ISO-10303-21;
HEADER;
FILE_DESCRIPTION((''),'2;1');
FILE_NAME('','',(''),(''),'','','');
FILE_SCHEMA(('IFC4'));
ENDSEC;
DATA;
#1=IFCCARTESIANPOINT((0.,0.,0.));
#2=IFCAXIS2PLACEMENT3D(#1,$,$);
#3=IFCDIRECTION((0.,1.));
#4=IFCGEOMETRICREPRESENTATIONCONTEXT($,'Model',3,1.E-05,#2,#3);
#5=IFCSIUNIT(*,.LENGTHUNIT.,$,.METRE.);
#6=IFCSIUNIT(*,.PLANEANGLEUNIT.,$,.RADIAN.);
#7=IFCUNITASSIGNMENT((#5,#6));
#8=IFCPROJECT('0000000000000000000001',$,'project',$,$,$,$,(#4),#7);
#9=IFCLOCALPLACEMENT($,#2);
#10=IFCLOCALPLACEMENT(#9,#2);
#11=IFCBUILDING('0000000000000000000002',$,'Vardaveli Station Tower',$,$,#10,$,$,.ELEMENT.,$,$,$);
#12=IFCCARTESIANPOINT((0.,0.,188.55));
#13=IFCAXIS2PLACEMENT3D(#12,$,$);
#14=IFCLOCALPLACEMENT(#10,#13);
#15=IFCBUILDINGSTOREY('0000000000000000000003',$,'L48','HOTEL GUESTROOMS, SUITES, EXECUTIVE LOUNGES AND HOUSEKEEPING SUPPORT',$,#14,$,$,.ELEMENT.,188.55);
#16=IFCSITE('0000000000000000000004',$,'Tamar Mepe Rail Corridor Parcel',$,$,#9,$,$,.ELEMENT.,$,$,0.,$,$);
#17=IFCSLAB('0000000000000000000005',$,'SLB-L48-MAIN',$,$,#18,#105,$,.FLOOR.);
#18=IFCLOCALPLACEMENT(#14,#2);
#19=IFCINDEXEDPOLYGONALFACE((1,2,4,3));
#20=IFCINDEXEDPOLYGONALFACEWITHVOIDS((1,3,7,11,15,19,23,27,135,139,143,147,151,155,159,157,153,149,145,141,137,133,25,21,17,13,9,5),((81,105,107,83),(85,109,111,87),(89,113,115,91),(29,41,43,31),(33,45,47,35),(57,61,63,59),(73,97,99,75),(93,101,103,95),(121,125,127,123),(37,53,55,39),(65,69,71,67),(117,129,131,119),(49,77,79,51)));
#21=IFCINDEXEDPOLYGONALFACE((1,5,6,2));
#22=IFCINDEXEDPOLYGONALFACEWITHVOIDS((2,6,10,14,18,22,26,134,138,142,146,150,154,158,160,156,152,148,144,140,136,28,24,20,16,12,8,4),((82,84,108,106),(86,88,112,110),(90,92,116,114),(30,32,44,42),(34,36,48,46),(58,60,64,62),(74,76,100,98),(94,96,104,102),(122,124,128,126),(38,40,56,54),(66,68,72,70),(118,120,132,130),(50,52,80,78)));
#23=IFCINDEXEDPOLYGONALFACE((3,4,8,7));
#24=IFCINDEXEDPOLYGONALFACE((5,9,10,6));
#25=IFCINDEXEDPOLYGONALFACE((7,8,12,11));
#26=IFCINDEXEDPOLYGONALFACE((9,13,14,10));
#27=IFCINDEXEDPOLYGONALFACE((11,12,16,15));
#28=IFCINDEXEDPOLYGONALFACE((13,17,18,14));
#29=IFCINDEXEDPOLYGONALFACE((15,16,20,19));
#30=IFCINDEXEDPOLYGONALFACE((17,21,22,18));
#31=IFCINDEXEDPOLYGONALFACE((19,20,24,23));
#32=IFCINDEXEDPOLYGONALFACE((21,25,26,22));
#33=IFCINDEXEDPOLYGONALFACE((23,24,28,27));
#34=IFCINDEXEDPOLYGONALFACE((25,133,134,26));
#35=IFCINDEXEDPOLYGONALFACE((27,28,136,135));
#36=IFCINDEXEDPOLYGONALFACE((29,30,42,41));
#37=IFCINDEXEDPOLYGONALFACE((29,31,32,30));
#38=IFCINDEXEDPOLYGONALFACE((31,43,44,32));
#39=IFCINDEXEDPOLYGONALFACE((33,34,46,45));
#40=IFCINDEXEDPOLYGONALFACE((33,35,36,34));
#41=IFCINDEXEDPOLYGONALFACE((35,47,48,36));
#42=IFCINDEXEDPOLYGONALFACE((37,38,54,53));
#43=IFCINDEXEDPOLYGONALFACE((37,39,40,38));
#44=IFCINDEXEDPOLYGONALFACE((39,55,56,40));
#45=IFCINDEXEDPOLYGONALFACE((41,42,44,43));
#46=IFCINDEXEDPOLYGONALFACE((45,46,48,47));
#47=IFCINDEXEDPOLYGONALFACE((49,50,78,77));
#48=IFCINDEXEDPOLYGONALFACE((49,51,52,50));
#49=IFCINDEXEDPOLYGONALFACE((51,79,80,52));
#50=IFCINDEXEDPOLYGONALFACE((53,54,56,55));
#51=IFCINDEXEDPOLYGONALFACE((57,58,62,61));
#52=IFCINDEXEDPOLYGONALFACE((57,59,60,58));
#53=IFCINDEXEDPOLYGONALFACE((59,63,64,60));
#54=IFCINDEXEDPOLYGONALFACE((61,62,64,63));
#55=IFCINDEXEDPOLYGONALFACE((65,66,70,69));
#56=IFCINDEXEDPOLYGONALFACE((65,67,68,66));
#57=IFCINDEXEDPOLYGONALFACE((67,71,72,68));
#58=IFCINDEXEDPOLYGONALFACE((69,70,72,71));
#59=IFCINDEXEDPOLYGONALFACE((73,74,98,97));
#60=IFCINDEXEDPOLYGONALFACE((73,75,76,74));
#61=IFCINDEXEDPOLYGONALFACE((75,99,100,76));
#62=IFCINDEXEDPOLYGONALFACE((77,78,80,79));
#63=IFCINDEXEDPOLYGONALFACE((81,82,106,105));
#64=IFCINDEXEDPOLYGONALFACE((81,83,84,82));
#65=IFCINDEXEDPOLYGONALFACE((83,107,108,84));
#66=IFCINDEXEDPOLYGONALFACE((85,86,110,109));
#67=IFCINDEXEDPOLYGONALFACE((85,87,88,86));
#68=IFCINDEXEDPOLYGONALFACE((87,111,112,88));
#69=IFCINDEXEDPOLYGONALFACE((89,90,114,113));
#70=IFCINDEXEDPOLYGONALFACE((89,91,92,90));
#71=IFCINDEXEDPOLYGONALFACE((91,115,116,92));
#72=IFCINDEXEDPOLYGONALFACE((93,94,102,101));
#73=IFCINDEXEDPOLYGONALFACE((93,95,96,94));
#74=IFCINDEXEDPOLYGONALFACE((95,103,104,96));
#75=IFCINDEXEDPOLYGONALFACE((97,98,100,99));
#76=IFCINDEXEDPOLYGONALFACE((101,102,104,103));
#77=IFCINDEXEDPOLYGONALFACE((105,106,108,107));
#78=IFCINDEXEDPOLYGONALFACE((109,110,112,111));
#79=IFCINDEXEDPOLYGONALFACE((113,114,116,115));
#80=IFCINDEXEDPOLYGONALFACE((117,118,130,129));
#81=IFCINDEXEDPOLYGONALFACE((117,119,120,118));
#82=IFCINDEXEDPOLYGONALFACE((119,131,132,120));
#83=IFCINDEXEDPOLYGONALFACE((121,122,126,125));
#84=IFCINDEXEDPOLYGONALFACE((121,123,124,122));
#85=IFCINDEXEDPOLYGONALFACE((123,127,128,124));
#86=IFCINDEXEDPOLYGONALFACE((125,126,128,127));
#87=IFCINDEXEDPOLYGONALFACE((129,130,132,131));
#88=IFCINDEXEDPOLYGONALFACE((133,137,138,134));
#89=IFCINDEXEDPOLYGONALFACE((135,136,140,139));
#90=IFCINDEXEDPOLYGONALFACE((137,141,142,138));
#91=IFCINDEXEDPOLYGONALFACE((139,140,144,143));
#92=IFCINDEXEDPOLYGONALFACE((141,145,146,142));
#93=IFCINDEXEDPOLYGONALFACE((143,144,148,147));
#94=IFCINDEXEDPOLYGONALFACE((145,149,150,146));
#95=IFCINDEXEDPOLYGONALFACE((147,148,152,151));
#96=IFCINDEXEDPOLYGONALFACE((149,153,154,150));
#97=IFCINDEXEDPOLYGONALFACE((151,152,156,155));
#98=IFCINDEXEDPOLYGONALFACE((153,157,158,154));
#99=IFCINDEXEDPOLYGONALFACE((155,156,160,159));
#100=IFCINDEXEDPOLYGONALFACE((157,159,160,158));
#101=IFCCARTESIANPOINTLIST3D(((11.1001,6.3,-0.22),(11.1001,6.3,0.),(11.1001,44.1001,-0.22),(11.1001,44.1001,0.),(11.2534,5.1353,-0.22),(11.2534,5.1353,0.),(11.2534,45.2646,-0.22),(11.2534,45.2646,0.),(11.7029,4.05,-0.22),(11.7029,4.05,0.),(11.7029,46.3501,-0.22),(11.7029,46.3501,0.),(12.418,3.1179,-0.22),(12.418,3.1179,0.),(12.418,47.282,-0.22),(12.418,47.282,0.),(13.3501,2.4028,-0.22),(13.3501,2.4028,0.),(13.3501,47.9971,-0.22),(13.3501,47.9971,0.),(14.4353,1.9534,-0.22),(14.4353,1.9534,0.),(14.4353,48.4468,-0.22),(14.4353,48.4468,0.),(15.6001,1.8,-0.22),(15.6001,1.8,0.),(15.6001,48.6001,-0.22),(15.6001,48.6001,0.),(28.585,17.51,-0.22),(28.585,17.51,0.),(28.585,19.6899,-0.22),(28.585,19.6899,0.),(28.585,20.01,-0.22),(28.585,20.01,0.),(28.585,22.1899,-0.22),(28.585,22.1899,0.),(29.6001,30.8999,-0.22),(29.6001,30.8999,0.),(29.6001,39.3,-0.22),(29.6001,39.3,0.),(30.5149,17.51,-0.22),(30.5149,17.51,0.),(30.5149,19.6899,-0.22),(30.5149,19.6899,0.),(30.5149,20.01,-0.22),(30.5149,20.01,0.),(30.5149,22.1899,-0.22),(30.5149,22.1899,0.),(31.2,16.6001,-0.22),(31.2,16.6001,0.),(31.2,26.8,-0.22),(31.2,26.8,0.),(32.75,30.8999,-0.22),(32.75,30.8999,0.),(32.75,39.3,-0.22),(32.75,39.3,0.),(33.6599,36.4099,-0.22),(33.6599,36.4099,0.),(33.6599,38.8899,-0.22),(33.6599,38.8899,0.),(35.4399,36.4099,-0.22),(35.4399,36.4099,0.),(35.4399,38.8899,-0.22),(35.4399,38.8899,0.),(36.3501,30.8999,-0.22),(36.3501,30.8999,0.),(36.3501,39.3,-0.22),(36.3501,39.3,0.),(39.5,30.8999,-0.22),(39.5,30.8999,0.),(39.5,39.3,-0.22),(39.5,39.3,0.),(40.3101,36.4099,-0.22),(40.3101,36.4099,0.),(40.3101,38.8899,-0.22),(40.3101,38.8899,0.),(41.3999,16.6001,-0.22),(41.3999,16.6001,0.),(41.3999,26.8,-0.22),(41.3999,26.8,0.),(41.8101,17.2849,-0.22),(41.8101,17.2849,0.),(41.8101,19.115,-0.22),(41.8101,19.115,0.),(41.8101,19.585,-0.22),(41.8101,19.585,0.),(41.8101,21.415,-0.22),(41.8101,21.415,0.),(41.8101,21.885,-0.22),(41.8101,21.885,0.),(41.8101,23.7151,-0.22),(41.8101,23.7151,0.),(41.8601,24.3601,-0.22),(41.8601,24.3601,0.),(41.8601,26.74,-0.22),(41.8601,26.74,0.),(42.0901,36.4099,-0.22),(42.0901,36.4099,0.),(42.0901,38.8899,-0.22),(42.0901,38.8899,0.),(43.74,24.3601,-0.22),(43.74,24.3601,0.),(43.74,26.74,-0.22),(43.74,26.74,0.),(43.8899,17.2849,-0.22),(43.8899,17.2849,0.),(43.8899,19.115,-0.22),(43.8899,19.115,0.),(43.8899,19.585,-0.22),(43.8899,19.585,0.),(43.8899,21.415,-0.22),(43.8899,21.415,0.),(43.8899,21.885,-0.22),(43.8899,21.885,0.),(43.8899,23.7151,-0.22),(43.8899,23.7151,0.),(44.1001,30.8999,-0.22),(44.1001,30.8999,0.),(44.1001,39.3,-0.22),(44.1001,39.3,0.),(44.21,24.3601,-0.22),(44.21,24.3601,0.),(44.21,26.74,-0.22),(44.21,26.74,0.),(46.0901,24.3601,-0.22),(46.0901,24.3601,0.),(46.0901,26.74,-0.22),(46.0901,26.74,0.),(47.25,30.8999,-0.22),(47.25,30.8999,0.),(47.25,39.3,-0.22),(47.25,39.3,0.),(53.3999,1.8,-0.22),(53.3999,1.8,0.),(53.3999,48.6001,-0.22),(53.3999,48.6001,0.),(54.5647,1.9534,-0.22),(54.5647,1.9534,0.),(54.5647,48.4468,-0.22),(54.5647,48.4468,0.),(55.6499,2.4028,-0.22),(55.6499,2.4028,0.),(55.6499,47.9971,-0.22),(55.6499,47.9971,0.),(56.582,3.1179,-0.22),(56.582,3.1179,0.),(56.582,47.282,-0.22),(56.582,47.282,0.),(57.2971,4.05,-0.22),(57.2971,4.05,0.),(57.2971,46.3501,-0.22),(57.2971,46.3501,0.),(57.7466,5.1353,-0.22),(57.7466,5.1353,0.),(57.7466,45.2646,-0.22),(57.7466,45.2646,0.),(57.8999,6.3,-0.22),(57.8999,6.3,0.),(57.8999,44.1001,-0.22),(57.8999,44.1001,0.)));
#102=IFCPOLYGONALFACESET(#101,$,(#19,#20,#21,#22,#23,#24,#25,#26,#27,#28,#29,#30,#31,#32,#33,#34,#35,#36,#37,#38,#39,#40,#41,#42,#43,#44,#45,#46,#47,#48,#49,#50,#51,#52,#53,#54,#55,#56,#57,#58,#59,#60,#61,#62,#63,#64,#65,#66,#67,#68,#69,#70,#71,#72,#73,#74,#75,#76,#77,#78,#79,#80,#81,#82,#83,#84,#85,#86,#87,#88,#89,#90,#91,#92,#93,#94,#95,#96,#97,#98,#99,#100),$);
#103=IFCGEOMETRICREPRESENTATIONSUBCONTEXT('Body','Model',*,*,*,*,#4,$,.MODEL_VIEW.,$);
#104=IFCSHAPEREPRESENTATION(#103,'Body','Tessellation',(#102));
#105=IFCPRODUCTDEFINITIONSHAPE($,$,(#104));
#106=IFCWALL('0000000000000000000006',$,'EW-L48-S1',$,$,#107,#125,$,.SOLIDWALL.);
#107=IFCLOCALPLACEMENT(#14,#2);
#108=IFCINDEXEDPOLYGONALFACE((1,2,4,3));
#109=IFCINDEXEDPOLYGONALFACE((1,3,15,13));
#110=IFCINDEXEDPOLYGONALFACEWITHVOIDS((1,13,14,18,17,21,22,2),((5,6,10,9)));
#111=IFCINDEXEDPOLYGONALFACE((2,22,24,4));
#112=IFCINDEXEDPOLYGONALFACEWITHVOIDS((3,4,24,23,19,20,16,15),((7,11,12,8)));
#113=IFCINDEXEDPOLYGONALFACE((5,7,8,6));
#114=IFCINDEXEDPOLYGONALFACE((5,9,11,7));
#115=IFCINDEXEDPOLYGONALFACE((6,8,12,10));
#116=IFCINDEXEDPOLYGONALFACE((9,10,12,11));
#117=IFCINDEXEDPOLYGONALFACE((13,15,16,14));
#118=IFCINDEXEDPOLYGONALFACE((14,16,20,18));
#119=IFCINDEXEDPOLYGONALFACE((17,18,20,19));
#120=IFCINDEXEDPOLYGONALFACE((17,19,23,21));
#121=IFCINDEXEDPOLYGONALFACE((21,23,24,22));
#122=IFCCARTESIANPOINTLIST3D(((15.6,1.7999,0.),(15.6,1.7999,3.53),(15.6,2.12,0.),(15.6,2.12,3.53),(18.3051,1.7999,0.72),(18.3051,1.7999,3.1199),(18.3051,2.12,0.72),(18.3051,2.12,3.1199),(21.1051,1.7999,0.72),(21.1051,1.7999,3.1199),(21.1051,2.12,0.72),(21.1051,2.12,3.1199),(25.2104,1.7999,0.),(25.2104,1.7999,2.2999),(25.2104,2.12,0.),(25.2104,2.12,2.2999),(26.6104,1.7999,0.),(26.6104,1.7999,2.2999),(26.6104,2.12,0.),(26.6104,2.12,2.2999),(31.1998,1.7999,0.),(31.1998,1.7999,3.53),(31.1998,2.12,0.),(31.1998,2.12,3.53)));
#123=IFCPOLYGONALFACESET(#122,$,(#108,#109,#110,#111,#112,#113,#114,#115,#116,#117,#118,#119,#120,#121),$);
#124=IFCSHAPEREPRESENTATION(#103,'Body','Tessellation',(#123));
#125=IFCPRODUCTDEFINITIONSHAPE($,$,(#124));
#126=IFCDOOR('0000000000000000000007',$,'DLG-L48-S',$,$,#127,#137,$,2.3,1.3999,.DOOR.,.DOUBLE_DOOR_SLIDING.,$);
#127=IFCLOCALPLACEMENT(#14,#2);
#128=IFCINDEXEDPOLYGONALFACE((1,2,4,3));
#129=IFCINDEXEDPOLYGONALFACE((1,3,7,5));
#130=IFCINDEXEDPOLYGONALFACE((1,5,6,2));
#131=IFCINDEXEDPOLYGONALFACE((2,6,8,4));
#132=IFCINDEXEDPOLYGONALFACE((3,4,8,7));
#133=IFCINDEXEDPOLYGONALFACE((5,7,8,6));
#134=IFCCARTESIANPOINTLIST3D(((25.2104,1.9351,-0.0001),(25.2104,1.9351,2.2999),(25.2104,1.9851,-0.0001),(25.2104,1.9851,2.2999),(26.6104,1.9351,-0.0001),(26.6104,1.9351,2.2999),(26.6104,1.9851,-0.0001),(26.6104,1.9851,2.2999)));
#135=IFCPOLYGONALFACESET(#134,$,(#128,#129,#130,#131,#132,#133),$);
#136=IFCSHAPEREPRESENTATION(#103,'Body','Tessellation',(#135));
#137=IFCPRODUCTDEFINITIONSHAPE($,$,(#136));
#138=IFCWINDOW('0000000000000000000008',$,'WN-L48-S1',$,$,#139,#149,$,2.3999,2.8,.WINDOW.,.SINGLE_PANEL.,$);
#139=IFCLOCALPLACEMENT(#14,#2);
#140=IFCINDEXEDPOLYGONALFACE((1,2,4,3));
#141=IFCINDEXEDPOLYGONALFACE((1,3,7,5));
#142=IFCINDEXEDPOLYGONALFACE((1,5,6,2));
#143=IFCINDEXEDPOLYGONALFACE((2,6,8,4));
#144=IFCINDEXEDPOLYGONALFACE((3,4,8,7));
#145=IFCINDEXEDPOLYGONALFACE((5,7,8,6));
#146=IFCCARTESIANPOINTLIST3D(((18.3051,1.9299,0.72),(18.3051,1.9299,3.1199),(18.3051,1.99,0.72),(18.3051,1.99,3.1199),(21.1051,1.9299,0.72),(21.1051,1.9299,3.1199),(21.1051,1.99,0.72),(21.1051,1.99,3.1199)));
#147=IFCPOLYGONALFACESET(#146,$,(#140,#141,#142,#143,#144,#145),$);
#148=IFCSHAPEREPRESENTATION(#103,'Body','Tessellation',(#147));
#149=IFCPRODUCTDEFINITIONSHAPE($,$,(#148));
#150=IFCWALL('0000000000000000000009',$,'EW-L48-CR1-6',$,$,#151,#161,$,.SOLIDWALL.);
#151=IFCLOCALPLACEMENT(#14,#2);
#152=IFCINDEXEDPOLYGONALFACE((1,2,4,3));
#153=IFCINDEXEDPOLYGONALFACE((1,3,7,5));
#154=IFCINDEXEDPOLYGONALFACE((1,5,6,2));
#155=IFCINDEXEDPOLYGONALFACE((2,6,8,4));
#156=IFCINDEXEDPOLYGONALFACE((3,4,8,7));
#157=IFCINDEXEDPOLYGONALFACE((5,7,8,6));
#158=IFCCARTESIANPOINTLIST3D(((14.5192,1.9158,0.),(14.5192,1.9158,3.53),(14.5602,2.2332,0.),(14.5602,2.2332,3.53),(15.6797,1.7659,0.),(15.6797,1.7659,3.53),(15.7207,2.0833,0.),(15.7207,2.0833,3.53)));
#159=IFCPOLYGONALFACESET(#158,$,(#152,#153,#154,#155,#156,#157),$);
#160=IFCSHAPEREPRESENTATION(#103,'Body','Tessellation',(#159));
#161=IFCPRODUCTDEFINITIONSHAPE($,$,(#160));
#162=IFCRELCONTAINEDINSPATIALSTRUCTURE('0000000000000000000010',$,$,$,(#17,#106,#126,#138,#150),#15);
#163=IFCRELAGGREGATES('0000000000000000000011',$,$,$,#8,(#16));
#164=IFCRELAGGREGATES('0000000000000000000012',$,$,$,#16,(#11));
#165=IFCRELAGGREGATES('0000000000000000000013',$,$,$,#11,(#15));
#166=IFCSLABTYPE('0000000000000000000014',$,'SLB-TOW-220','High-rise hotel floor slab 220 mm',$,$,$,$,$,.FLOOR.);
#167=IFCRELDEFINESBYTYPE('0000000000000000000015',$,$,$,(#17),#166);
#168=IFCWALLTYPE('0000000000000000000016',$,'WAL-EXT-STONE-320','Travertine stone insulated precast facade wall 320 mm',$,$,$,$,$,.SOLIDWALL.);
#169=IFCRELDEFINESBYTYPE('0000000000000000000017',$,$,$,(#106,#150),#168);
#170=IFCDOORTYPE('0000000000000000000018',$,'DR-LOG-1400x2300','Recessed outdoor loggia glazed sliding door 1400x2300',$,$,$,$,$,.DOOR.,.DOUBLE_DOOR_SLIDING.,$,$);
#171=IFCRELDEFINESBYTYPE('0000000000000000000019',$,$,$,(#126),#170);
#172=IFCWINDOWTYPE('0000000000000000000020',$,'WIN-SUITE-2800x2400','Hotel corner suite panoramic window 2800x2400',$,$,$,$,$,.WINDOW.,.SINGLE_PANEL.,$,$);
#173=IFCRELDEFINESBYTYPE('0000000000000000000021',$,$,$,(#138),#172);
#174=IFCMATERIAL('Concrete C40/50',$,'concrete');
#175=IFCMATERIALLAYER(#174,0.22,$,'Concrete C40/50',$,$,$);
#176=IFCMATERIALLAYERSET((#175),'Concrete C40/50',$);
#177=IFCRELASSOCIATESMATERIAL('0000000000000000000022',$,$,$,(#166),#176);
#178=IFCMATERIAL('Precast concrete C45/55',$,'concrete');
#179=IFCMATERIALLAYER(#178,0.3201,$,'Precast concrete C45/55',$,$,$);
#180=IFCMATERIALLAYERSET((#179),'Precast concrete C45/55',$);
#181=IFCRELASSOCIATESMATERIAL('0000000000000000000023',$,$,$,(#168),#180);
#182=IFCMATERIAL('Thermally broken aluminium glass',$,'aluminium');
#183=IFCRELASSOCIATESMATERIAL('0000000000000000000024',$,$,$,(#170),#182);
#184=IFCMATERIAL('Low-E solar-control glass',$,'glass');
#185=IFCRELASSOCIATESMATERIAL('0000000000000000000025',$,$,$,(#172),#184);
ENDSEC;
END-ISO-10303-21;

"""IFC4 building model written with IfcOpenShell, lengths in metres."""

from ifc_helpers import new_model, si_unit, direction, frame, frame_2d, origin, place, context, subcontext, project, spatial, polyline, rectangle, outline, extrude, source, transform, mapped, material, layer, layer_set, type_object, element, fill, save


model = new_model("IFC4")

# Units and contexts
model_context = context("Model", 3, precision=1e-05, world=origin(), true_north=direction((0.0, 1.0)))
body_context = subcontext(model_context, "Body", "Model", "MODEL_VIEW")
ifc_project = project(units=[si_unit("LENGTHUNIT", "METRE"), si_unit("PLANEANGLEUNIT", "RADIAN")], contexts=[model_context])

# Site, building, storey
site_placement = place(None, origin())
site = spatial("IfcSite", under=ifc_project, at=site_placement, Name="Tamar Mepe Rail Corridor Parcel", CompositionType="ELEMENT", RefElevation=0.0)
building_placement = place(site_placement, origin())
building = spatial("IfcBuilding", under=site, at=building_placement, Name="Vardaveli Station Tower", CompositionType="ELEMENT")
storey_placement = place(building_placement, frame((0.0, 0.0, 188.55)))
storey = spatial("IfcBuildingStorey", under=building, at=storey_placement, Name="L48", Description="HOTEL GUESTROOMS, SUITES, EXECUTIVE LOUNGES AND HOUSEKEEPING SUPPORT", CompositionType="ELEMENT", Elevation=188.55)

# Shared definitions
ifc_material_1 = material(Name="Concrete C40/50", Category="concrete")

# Slab
ifc_material_2 = material(Name="Precast concrete C45/55", Category="concrete")
ifc_layer_1 = layer(ifc_material_1, 0.22, Name="Concrete C40/50")
ifc_layer_set_1 = layer_set([ifc_layer_1], Name="Concrete C40/50")
slab_type_1 = type_object("IfcSlabType", Name="SLB-TOW-220", Description="High-rise hotel floor slab 220 mm", PredefinedType="FLOOR", material=ifc_layer_set_1)
slab_1_placement = place(storey_placement, frame((0.0, 0.0, -0.22)))
element("IfcSlab", 1, at=slab_1_placement, inside=storey, type_object=slab_type_1, Name="SLB-L48-MAIN", PredefinedType="FLOOR", context=body_context, shape_type="SweptSolid", body=[
    extrude(outline(polyline([(11.1001, 6.3), (11.2534, 5.1353), (11.7029, 4.05), (12.418, 3.1179), (13.3501, 2.4028), (14.4353, 1.9534), (15.6001, 1.8), (53.3999, 1.8), (54.5647, 1.9534), (55.6499, 2.4028), (56.582, 3.1179), (57.2971, 4.05), (57.7466, 5.1353), (57.8999, 6.3), (57.8999, 44.1001), (57.7466, 45.2646), (57.2971, 46.3501), (56.582, 47.282), (55.6499, 47.9971), (54.5647, 48.4468), (53.3999, 48.6001), (15.6001, 48.6001), (14.4353, 48.4468), (13.3501, 47.9971), (12.418, 47.282), (11.7029, 46.3501), (11.2534, 45.2646), (11.1001, 44.1001), (11.1001, 6.3)]), holes=[polyline([(31.2, 16.6001), (41.3999, 16.6001), (41.3999, 26.8), (31.2, 26.8), (31.2, 16.6001)]), polyline([(32.75, 30.8999), (32.75, 39.3), (29.6001, 39.3), (29.6001, 30.8999), (32.75, 30.8999)]), polyline([(39.5, 30.8999), (39.5, 39.3), (36.3501, 39.3), (36.3501, 30.8999), (39.5, 30.8999)]), polyline([(47.25, 30.8999), (47.25, 39.3), (44.1001, 39.3), (44.1001, 30.8999), (47.25, 30.8999)]), polyline([(33.6599, 36.4099), (35.4399, 36.4099), (35.4399, 38.8899), (33.6599, 38.8899), (33.6599, 36.4099)]), polyline([(40.3101, 36.4099), (42.0901, 36.4099), (42.0901, 38.8899), (40.3101, 38.8899), (40.3101, 36.4099)]), polyline([(41.8101, 21.885), (43.8899, 21.885), (43.8899, 23.7151), (41.8101, 23.7151), (41.8101, 21.885)]), polyline([(41.8101, 19.585), (43.8899, 19.585), (43.8899, 21.415), (41.8101, 21.415), (41.8101, 19.585)]), polyline([(41.8101, 17.2849), (43.8899, 17.2849), (43.8899, 19.115), (41.8101, 19.115), (41.8101, 17.2849)]), polyline([(28.585, 17.51), (30.5149, 17.51), (30.5149, 19.6899), (28.585, 19.6899), (28.585, 17.51)]), polyline([(28.585, 20.01), (30.5149, 20.01), (30.5149, 22.1899), (28.585, 22.1899), (28.585, 20.01)]), polyline([(41.8601, 24.3601), (43.74, 24.3601), (43.74, 26.74), (41.8601, 26.74), (41.8601, 24.3601)]), polyline([(44.21, 24.3601), (46.0901, 24.3601), (46.0901, 26.74), (44.21, 26.74), (44.21, 24.3601)])]), origin(), (0.0, 0.0, 1.0), 0.22),
])

# Wall, openings, door, window
ifc_layer_2 = layer(ifc_material_2, 0.3201, Name="Precast concrete C45/55")
ifc_layer_set_2 = layer_set([ifc_layer_2], Name="Precast concrete C45/55")
wall_type = type_object("IfcWallType", Name="WAL-EXT-STONE-320", Description="Travertine stone insulated precast facade wall 320 mm", PredefinedType="SOLIDWALL", material=ifc_layer_set_2)
shared_shape_1 = source(origin(), body_context, "Body", "SweptSolid", [
    extrude(rectangle(XDim=15.5999, YDim=0.3201, at=frame_2d((7.7998, 0.0))), origin(), (0.0, 0.0, 1.0), 3.53),
])
wall_1_placement = place(storey_placement, frame((15.6001, 1.96, 0.0), z_axis=(0.0, 0.0, 1.0), x_axis=(1.0, 0.0, 0.0)))
wall_1 = element("IfcWall", 2, at=wall_1_placement, inside=storey, type_object=wall_type, Name="EW-L48-S1", PredefinedType="SOLIDWALL", context=body_context, shape_type="MappedRepresentation", body=[
    mapped(shared_shape_1, transform((0.0, 0.0, 0.0), scale=1.0)),
])
shared_shape_2 = source(origin(), body_context, "Body", "SweptSolid", [
    extrude(rectangle(XDim=1.3999, YDim=2.3, at=frame_2d((0.7, 1.1499))), frame((0.0, 0.1699, 0.0), z_axis=(0.0, -1.0, 0.0), x_axis=(1.0, 0.0, 0.0)), (0.0, 0.0, 1.0), 0.3401),
])
opening_1_placement = place(wall_1_placement, frame((9.6104, 0.0, 0.0)))
opening_1 = element("IfcOpeningElement", 3, at=opening_1_placement, cuts=wall_1, PredefinedType="OPENING", context=body_context, shape_type="MappedRepresentation", body=[
    mapped(shared_shape_2, transform((0.0, 0.0, 0.0), scale=1.0)),
])
shared_shape_3 = source(origin(), body_context, "Body", "SweptSolid", [
    extrude(rectangle(XDim=2.8, YDim=2.3999, at=frame_2d((1.3999, 1.2))), frame((0.0, 0.1699, 0.0), z_axis=(0.0, -1.0, 0.0), x_axis=(1.0, 0.0, 0.0)), (0.0, 0.0, 1.0), 0.3401),
])
opening_2_placement = place(wall_1_placement, frame((2.7051, 0.0, 0.72)))
opening_2 = element("IfcOpeningElement", 4, at=opening_2_placement, cuts=wall_1, PredefinedType="OPENING", context=body_context, shape_type="MappedRepresentation", body=[
    mapped(shared_shape_3, transform((0.0, 0.0, 0.0), scale=1.0)),
])
ifc_material_3 = material(Name="Thermally broken aluminium glass", Category="aluminium")
door_type = type_object("IfcDoorType", Name="DR-LOG-1400x2300", Description="Recessed outdoor loggia glazed sliding door 1400x2300", OperationType="DOUBLE_DOOR_SLIDING", PredefinedType="DOOR", material=ifc_material_3)
shared_shape_4 = source(origin(), body_context, "Body", "SweptSolid", [
    extrude(rectangle(XDim=1.3999, YDim=2.3, at=frame_2d((0.7, 1.1499))), frame((0.0, 0.0249, 0.0), z_axis=(0.0, -1.0, 0.0), x_axis=(1.0, 0.0, 0.0)), (0.0, 0.0, 1.0), 0.05),
])
door_placement = place(opening_1_placement, frame((1.3999, 0.0, 0.0), z_axis=(0.0, 0.0, 1.0), x_axis=(-1.0, 0.0, 0.0)))
door = element("IfcDoor", 5, at=door_placement, inside=storey, type_object=door_type, Name="DLG-L48-S", OperationType="DOUBLE_DOOR_SLIDING", OverallHeight=2.3, OverallWidth=1.3999, PredefinedType="DOOR", context=body_context, shape_type="MappedRepresentation", body=[
    mapped(shared_shape_4, transform((0.0, 0.0, 0.0), scale=1.0)),
])
fill(opening_1, door)
ifc_material_4 = material(Name="Low-E solar-control glass", Category="glass")
window_type = type_object("IfcWindowType", Name="WIN-SUITE-2800x2400", Description="Hotel corner suite panoramic window 2800x2400", PartitioningType="SINGLE_PANEL", PredefinedType="WINDOW", material=ifc_material_4)
shared_shape_5 = source(origin(), body_context, "Body", "SweptSolid", [
    extrude(rectangle(XDim=2.8, YDim=2.3999, at=frame_2d((1.3999, 1.2))), frame((0.0, 0.03, 0.0), z_axis=(0.0, -1.0, 0.0), x_axis=(1.0, 0.0, 0.0)), (0.0, 0.0, 1.0), 0.0601),
])
window_placement = place(opening_2_placement, origin())
window = element("IfcWindow", 6, at=window_placement, inside=storey, type_object=window_type, Name="WN-L48-S1", OverallHeight=2.3999, OverallWidth=2.8, PartitioningType="SINGLE_PANEL", PredefinedType="WINDOW", context=body_context, shape_type="MappedRepresentation", body=[
    mapped(shared_shape_5, transform((0.0, 0.0, 0.0), scale=1.0)),
])
fill(opening_2, window)

# Wall
shared_shape_6 = source(origin(), body_context, "Body", "SweptSolid", [
    extrude(rectangle(XDim=1.1702, YDim=0.3201, at=frame_2d((0.585, 0.0))), origin(), (0.0, 0.0, 1.0), 3.53),
])
wall_2_placement = place(storey_placement, frame((14.5398, 2.0745, 0.0), z_axis=(0.0, 0.0, 1.0), x_axis=(0.991762, -0.12809, 0.0)))
element("IfcWall", 7, at=wall_2_placement, inside=storey, type_object=wall_type, Name="EW-L48-CR1-6", PredefinedType="SOLIDWALL", context=body_context, shape_type="MappedRepresentation", body=[
    mapped(shared_shape_6, transform((0.0, 0.0, 0.0), scale=1.0)),
])

save(model, "model.ifc")
